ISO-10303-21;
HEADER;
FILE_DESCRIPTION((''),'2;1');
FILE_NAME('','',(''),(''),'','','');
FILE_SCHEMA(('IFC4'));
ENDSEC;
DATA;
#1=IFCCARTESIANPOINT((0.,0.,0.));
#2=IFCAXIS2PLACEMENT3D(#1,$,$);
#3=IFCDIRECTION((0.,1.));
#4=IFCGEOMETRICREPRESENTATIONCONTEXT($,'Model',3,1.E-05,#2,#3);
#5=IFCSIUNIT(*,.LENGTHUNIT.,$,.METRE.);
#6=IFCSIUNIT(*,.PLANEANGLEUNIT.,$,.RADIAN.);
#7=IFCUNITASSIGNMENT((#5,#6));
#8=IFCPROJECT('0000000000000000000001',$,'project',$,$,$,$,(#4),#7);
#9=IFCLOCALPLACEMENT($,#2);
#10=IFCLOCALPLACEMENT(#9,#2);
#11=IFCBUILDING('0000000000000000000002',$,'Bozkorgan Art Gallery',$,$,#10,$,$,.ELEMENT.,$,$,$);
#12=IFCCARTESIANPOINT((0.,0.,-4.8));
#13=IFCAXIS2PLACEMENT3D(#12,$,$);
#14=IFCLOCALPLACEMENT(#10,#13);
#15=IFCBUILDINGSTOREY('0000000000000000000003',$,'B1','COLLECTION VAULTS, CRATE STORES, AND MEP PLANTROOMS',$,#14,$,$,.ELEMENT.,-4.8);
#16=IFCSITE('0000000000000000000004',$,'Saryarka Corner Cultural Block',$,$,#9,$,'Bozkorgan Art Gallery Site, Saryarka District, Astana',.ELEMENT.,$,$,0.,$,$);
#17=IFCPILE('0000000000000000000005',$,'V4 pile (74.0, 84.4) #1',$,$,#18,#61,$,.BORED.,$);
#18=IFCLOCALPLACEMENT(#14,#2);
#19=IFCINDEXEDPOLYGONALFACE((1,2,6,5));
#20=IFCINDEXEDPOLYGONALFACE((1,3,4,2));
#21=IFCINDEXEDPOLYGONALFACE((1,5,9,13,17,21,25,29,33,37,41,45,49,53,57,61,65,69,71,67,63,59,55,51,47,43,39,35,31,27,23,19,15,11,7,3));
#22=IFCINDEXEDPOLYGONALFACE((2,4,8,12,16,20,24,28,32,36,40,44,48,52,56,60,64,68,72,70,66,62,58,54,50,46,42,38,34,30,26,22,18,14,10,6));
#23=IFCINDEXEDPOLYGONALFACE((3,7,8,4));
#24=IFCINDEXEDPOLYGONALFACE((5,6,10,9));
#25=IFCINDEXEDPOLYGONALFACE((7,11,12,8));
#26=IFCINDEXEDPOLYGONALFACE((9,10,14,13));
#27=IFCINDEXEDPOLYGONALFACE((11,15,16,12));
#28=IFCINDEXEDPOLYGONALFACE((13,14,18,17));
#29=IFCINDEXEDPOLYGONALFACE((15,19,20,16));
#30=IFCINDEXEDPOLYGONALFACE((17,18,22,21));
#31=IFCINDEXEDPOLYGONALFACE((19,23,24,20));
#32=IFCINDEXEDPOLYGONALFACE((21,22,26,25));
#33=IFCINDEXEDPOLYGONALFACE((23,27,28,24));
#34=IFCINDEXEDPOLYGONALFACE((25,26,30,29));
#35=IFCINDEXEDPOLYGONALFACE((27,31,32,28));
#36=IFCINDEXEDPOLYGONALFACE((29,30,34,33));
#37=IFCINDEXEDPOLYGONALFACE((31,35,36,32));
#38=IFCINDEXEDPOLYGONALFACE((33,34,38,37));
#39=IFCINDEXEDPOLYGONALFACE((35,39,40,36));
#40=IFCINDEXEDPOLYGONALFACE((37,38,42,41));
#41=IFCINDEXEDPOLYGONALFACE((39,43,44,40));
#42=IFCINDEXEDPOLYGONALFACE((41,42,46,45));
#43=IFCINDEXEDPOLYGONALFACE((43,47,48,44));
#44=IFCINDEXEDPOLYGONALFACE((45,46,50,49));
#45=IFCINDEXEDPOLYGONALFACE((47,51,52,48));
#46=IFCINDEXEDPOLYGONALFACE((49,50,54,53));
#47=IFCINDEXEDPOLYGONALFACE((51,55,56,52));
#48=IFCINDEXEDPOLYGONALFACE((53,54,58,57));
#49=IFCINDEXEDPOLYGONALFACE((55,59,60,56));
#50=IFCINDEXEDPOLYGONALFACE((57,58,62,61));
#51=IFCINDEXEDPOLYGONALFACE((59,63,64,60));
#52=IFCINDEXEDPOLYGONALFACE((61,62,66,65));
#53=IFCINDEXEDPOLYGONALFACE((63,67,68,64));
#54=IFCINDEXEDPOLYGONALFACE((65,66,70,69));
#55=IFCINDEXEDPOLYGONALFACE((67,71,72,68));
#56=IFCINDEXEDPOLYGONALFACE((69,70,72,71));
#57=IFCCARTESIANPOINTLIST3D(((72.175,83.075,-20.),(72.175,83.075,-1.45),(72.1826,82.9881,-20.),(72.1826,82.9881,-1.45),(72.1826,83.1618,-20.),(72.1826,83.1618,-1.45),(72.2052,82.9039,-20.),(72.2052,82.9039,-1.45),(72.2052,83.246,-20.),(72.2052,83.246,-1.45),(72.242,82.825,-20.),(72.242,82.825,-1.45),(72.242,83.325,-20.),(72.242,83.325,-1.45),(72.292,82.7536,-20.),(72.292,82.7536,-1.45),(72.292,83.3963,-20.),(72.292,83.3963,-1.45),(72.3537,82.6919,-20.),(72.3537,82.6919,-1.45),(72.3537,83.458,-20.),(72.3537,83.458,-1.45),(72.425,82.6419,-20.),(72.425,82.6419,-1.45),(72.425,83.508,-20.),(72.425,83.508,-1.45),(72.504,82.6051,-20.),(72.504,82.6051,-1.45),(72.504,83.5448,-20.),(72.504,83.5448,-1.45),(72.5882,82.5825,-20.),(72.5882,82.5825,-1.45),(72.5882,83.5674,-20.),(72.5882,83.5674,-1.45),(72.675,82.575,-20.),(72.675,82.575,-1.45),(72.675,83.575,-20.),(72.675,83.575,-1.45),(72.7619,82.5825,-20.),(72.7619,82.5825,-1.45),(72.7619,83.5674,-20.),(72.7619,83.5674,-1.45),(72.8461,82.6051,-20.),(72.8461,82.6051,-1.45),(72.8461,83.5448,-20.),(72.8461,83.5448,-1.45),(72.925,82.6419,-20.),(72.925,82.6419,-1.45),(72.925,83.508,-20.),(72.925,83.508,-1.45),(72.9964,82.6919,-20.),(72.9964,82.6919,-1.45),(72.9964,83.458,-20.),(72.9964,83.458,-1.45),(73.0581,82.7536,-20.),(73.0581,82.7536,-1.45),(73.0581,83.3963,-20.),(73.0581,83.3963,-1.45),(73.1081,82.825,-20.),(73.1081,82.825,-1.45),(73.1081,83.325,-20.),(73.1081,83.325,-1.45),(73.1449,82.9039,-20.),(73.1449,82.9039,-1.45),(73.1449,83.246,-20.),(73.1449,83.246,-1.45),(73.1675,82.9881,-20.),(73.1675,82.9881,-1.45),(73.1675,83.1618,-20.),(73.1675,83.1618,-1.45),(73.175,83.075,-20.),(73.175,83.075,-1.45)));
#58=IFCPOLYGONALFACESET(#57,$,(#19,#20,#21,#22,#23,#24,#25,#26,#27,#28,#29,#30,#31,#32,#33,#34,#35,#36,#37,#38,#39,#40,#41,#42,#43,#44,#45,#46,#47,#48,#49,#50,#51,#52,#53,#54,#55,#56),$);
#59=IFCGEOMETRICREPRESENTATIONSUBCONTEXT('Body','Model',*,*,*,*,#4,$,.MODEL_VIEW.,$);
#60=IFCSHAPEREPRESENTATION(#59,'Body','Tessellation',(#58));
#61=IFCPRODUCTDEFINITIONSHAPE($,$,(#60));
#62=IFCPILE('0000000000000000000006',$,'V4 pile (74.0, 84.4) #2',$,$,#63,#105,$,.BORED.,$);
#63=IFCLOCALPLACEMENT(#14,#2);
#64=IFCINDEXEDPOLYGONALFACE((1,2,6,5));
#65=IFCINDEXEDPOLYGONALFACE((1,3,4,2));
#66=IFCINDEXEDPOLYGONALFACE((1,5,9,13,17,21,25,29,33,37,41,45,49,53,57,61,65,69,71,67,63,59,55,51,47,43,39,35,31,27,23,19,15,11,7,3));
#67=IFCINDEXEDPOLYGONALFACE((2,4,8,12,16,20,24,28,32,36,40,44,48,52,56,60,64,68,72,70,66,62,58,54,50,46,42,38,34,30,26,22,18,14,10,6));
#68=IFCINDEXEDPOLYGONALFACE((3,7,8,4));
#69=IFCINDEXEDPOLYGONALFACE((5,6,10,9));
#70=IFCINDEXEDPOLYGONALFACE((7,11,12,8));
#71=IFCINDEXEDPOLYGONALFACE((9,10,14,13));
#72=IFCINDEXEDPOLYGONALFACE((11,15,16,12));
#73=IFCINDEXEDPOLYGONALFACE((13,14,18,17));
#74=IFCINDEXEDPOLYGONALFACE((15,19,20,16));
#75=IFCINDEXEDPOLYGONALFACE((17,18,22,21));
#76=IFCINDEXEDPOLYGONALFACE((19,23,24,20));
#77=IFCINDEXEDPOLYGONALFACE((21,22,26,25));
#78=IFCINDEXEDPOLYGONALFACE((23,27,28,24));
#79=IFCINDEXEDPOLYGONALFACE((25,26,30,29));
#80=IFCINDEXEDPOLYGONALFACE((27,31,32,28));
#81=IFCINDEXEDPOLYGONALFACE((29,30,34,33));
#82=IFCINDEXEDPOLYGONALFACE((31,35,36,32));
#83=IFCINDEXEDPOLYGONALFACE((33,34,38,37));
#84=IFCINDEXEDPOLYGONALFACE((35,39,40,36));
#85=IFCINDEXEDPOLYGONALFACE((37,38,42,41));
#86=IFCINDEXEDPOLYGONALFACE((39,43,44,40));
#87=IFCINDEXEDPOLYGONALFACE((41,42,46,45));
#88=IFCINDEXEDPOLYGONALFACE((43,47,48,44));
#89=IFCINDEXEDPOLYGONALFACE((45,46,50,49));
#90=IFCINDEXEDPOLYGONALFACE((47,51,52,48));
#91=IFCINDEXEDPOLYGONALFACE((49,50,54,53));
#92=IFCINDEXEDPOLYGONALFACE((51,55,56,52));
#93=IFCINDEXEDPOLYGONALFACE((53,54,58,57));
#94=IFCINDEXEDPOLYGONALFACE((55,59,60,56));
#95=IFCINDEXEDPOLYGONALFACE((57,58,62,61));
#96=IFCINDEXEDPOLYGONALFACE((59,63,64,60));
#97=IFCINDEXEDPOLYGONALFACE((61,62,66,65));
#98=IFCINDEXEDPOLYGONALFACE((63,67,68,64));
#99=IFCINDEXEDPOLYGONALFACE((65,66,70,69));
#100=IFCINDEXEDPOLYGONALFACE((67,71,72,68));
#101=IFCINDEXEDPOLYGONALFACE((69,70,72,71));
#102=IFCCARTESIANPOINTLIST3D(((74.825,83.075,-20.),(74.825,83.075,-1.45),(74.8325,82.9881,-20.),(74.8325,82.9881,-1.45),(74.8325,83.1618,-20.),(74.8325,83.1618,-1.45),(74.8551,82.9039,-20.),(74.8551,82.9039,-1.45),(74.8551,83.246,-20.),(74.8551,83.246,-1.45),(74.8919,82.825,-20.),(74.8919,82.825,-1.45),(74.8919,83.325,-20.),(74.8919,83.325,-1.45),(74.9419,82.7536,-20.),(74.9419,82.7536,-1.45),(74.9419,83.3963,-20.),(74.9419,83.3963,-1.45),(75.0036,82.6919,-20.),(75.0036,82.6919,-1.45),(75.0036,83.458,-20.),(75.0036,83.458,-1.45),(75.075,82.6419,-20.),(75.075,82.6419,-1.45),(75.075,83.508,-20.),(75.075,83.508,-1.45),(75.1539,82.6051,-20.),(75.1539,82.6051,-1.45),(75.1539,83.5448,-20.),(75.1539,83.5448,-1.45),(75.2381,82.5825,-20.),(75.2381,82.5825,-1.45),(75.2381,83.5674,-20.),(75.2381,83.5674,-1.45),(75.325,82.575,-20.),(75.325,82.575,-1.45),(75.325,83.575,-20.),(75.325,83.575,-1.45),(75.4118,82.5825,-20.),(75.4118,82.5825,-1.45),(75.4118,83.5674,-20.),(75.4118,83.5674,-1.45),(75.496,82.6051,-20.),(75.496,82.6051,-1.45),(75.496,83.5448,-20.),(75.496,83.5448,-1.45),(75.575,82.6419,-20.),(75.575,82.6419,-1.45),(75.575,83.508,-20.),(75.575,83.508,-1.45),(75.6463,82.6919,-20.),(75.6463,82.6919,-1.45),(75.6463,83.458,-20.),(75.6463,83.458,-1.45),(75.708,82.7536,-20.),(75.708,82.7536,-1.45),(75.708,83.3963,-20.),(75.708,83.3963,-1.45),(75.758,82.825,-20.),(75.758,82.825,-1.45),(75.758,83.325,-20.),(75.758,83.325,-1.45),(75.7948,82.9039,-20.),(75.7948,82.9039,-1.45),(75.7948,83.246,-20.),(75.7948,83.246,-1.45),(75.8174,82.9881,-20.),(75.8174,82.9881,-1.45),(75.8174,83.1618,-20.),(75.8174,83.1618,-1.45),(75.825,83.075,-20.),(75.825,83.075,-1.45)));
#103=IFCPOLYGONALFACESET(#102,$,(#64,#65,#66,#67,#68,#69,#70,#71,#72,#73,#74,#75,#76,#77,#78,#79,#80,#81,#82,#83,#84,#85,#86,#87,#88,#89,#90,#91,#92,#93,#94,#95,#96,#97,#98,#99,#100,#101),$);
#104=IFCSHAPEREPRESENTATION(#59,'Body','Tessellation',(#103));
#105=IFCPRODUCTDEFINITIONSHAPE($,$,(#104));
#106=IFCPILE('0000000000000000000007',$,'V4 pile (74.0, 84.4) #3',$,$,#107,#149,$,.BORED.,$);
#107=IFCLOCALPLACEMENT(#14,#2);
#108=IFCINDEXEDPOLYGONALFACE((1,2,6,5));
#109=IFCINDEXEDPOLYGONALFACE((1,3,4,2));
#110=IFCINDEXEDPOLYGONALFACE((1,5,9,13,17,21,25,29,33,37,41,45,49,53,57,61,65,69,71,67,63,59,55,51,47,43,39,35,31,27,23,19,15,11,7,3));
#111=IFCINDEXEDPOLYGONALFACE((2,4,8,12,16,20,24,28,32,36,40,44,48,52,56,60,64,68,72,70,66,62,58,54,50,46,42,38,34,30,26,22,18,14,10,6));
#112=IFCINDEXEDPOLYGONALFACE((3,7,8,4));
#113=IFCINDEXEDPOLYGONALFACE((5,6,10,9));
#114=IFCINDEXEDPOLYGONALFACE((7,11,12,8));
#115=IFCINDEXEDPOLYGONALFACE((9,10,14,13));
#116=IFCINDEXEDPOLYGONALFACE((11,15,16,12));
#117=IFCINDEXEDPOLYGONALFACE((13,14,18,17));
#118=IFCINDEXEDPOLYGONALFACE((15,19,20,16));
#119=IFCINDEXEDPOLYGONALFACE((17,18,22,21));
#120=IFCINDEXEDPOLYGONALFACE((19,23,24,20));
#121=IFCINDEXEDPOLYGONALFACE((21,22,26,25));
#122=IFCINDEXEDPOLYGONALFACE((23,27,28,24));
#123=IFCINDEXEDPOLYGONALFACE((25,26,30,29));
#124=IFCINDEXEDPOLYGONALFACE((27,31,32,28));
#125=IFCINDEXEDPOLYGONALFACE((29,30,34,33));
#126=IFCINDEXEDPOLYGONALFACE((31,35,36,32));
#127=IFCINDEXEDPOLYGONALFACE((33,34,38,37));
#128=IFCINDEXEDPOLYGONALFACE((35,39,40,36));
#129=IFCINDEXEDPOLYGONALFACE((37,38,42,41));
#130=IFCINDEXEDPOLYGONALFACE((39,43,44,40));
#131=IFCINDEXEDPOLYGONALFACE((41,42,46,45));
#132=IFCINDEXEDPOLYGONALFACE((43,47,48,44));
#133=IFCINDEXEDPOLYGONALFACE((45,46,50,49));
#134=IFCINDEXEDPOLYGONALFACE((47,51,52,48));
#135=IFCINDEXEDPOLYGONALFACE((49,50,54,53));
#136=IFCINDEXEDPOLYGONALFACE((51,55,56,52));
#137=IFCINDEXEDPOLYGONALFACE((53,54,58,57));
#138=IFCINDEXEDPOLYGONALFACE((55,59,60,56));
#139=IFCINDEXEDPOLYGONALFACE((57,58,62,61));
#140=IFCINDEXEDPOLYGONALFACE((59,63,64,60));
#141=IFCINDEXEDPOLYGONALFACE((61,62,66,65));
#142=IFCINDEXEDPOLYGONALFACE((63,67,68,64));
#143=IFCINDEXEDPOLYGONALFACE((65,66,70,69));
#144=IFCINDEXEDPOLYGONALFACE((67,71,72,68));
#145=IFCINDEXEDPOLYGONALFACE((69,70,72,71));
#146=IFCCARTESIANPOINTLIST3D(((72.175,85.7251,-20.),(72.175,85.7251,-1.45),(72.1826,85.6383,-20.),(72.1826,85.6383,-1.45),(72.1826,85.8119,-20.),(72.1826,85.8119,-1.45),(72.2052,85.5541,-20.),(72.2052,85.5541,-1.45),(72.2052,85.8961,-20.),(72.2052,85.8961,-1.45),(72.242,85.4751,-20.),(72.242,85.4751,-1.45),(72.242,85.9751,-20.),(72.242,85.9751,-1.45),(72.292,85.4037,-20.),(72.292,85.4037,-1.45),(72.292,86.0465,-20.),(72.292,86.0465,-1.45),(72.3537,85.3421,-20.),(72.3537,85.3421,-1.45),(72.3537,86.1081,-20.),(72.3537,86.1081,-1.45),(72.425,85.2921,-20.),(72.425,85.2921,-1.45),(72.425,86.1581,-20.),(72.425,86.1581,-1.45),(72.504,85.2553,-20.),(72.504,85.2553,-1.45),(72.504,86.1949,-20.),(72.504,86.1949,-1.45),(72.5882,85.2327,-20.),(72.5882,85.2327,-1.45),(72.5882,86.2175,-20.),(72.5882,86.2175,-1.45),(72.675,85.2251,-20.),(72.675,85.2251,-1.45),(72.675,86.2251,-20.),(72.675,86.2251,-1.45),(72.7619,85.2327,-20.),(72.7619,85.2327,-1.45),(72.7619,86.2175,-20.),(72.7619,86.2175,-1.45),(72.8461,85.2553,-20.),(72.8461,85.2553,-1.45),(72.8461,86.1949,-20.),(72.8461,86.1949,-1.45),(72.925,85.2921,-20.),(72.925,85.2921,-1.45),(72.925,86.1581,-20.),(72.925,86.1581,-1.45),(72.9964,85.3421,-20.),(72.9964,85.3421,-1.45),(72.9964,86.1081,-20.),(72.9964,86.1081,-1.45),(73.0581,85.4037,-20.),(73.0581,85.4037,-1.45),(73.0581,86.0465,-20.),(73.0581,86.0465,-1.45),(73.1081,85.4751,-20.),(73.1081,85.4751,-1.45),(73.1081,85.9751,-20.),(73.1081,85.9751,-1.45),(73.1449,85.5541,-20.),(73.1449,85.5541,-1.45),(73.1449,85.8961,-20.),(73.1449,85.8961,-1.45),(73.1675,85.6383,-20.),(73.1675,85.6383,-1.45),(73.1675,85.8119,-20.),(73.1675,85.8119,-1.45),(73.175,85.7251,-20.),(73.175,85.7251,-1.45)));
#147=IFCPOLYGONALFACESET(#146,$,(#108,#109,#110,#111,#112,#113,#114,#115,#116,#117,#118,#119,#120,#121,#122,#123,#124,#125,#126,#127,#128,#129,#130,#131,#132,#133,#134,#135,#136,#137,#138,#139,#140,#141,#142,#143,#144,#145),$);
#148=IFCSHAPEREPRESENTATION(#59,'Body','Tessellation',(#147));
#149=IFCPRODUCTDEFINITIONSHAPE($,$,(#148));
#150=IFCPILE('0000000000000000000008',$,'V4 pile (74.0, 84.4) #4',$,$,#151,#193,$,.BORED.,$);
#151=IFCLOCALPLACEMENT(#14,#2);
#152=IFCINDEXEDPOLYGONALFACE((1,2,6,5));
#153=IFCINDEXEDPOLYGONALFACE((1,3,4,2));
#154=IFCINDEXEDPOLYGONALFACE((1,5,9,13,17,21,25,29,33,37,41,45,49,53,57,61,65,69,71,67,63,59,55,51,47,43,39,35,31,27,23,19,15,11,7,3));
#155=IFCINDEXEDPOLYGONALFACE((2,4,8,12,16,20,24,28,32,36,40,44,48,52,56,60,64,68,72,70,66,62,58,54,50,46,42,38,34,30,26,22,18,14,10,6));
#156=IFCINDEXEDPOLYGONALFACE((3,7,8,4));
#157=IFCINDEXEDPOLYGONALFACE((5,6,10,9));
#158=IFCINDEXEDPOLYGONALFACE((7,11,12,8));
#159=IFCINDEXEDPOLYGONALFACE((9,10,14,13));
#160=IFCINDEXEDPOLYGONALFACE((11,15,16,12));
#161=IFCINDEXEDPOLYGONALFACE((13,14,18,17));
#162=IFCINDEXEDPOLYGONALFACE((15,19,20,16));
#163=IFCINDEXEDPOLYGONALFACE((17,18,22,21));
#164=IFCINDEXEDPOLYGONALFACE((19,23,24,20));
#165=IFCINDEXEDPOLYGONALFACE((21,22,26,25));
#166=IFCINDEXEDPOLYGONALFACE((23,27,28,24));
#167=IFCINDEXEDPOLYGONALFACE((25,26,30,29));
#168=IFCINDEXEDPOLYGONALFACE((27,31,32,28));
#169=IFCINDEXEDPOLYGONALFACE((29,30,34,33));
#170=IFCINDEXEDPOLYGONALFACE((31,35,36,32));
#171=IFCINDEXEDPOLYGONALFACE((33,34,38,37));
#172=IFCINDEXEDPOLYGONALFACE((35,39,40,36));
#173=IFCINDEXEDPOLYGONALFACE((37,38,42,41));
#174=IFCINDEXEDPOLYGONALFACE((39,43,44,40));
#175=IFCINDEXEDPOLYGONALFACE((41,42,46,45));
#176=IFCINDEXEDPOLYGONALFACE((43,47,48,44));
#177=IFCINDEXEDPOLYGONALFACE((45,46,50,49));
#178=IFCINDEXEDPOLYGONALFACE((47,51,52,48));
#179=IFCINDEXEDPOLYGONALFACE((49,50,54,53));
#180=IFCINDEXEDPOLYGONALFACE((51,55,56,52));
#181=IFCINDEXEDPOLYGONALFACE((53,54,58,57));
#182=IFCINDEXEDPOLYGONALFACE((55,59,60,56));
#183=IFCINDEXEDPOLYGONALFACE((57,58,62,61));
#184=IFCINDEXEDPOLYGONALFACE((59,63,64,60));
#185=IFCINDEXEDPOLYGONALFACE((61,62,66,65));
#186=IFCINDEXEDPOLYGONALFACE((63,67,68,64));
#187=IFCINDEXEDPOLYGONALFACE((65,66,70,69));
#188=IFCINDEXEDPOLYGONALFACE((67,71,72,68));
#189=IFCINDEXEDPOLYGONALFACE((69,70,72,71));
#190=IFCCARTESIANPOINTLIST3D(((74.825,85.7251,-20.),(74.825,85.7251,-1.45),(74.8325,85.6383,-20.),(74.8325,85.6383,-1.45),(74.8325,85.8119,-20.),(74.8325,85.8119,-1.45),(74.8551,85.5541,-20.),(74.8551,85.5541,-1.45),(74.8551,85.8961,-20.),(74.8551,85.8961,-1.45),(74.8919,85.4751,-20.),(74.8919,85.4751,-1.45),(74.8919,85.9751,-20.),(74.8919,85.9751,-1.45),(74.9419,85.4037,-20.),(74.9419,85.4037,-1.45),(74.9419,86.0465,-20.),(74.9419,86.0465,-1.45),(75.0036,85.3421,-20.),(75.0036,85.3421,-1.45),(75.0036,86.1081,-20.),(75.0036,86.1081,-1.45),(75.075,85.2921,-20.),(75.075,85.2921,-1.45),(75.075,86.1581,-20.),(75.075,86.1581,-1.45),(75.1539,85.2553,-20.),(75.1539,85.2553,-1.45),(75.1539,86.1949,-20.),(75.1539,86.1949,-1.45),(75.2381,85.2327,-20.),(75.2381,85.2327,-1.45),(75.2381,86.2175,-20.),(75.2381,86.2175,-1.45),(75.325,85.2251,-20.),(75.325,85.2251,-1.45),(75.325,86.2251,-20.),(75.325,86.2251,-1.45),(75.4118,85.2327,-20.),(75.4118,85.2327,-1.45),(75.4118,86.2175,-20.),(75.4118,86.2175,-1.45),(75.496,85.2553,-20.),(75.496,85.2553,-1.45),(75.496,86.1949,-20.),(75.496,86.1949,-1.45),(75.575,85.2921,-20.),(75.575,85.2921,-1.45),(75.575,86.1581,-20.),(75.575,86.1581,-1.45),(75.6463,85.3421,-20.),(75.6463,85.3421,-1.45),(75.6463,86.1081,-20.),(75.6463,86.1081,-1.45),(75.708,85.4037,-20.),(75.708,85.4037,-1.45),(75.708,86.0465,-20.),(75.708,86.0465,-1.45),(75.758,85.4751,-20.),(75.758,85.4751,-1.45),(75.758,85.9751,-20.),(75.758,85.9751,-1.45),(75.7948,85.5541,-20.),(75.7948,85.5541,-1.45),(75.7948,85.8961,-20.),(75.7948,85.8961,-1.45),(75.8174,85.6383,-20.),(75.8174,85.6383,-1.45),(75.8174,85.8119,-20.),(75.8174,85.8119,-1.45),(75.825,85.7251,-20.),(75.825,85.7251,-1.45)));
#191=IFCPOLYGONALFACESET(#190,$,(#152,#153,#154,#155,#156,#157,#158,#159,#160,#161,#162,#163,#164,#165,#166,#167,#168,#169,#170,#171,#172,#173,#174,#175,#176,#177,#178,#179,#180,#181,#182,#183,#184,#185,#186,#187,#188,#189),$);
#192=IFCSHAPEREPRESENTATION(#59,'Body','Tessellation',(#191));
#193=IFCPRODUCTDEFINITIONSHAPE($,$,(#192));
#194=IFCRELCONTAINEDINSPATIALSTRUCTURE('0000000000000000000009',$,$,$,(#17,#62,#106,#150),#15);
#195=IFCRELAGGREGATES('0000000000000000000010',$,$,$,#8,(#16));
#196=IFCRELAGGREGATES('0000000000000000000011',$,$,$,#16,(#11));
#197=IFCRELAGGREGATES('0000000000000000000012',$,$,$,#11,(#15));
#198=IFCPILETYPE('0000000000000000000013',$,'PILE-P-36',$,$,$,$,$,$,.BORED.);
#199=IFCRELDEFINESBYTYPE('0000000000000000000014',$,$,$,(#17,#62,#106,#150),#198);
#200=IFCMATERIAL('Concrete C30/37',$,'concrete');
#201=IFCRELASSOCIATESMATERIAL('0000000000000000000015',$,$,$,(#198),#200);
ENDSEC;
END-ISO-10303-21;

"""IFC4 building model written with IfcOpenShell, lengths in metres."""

from ifc_helpers import new_model, si_unit, direction, frame, origin, origin_2d, place, context, subcontext, project, spatial, circle, extrude, material, material_profile, profile_set, type_object, element, save


model = new_model("IFC4")

# Units and contexts
model_context = context("Model", 3, precision=1e-05, world=origin(), true_north=direction((0.0, 1.0)))
body_context = subcontext(model_context, "Body", "Model", "MODEL_VIEW")
ifc_project = project(units=[si_unit("LENGTHUNIT", "METRE"), si_unit("PLANEANGLEUNIT", "RADIAN")], contexts=[model_context])

# Site, building, storey
site_placement = place(None, origin())
site = spatial("IfcSite", under=ifc_project, at=site_placement, Name="Saryarka Corner Cultural Block", LongName="Bozkorgan Art Gallery Site, Saryarka District, Astana", CompositionType="ELEMENT", RefElevation=0.0)
building_placement = place(site_placement, origin())
building = spatial("IfcBuilding", under=site, at=building_placement, Name="Bozkorgan Art Gallery", CompositionType="ELEMENT")
storey_placement = place(building_placement, frame((0.0, 0.0, -4.8)))
storey = spatial("IfcBuildingStorey", under=building, at=storey_placement, Name="B1", Description="COLLECTION VAULTS, CRATE STORES, AND MEP PLANTROOMS", CompositionType="ELEMENT", Elevation=-4.8)

# Shared definitions
ifc_material_1 = material(Name="Concrete C30/37", Category="concrete")

# Piles
ifc_material_profile_1 = material_profile(ifc_material_1, circle(Radius=0.5, at=origin_2d()), Name="PILE D1000")
ifc_profile_set_1 = profile_set([ifc_material_profile_1], Name="Concrete C30/37")
pile_type = type_object("IfcPileType", Name="PILE-P-36", PredefinedType="BORED", material=ifc_profile_set_1)
for number, where, z_axis, x_axis, name in (
    (1, (72.675, 83.075, -1.45), (0.0, 0.0, -1.0), (1.0, 0.0, 0.0), "V4 pile (74.0, 84.4) #1"),
    (2, (75.325, 83.075, -1.45), (0.0, 0.0, -1.0), (1.0, 0.0, 0.0), "V4 pile (74.0, 84.4) #2"),
    (3, (72.675, 85.7251, -1.45), (0.0, 0.0, -1.0), (1.0, 0.0, 0.0), "V4 pile (74.0, 84.4) #3"),
    (4, (75.325, 85.7251, -1.45), (0.0, 0.0, -1.0), (1.0, 0.0, 0.0), "V4 pile (74.0, 84.4) #4"),
):
    element("IfcPile", number, at=place(storey_placement, frame(where, z_axis=z_axis, x_axis=x_axis)), inside=storey, type_object=pile_type, Name=name, PredefinedType="BORED", context=body_context, shape_type="SweptSolid", body=[
        extrude(circle(Radius=0.5, at=origin_2d()), origin(), (0.0, 0.0, 1.0), 18.55),
    ])

save(model, "model.ifc")
